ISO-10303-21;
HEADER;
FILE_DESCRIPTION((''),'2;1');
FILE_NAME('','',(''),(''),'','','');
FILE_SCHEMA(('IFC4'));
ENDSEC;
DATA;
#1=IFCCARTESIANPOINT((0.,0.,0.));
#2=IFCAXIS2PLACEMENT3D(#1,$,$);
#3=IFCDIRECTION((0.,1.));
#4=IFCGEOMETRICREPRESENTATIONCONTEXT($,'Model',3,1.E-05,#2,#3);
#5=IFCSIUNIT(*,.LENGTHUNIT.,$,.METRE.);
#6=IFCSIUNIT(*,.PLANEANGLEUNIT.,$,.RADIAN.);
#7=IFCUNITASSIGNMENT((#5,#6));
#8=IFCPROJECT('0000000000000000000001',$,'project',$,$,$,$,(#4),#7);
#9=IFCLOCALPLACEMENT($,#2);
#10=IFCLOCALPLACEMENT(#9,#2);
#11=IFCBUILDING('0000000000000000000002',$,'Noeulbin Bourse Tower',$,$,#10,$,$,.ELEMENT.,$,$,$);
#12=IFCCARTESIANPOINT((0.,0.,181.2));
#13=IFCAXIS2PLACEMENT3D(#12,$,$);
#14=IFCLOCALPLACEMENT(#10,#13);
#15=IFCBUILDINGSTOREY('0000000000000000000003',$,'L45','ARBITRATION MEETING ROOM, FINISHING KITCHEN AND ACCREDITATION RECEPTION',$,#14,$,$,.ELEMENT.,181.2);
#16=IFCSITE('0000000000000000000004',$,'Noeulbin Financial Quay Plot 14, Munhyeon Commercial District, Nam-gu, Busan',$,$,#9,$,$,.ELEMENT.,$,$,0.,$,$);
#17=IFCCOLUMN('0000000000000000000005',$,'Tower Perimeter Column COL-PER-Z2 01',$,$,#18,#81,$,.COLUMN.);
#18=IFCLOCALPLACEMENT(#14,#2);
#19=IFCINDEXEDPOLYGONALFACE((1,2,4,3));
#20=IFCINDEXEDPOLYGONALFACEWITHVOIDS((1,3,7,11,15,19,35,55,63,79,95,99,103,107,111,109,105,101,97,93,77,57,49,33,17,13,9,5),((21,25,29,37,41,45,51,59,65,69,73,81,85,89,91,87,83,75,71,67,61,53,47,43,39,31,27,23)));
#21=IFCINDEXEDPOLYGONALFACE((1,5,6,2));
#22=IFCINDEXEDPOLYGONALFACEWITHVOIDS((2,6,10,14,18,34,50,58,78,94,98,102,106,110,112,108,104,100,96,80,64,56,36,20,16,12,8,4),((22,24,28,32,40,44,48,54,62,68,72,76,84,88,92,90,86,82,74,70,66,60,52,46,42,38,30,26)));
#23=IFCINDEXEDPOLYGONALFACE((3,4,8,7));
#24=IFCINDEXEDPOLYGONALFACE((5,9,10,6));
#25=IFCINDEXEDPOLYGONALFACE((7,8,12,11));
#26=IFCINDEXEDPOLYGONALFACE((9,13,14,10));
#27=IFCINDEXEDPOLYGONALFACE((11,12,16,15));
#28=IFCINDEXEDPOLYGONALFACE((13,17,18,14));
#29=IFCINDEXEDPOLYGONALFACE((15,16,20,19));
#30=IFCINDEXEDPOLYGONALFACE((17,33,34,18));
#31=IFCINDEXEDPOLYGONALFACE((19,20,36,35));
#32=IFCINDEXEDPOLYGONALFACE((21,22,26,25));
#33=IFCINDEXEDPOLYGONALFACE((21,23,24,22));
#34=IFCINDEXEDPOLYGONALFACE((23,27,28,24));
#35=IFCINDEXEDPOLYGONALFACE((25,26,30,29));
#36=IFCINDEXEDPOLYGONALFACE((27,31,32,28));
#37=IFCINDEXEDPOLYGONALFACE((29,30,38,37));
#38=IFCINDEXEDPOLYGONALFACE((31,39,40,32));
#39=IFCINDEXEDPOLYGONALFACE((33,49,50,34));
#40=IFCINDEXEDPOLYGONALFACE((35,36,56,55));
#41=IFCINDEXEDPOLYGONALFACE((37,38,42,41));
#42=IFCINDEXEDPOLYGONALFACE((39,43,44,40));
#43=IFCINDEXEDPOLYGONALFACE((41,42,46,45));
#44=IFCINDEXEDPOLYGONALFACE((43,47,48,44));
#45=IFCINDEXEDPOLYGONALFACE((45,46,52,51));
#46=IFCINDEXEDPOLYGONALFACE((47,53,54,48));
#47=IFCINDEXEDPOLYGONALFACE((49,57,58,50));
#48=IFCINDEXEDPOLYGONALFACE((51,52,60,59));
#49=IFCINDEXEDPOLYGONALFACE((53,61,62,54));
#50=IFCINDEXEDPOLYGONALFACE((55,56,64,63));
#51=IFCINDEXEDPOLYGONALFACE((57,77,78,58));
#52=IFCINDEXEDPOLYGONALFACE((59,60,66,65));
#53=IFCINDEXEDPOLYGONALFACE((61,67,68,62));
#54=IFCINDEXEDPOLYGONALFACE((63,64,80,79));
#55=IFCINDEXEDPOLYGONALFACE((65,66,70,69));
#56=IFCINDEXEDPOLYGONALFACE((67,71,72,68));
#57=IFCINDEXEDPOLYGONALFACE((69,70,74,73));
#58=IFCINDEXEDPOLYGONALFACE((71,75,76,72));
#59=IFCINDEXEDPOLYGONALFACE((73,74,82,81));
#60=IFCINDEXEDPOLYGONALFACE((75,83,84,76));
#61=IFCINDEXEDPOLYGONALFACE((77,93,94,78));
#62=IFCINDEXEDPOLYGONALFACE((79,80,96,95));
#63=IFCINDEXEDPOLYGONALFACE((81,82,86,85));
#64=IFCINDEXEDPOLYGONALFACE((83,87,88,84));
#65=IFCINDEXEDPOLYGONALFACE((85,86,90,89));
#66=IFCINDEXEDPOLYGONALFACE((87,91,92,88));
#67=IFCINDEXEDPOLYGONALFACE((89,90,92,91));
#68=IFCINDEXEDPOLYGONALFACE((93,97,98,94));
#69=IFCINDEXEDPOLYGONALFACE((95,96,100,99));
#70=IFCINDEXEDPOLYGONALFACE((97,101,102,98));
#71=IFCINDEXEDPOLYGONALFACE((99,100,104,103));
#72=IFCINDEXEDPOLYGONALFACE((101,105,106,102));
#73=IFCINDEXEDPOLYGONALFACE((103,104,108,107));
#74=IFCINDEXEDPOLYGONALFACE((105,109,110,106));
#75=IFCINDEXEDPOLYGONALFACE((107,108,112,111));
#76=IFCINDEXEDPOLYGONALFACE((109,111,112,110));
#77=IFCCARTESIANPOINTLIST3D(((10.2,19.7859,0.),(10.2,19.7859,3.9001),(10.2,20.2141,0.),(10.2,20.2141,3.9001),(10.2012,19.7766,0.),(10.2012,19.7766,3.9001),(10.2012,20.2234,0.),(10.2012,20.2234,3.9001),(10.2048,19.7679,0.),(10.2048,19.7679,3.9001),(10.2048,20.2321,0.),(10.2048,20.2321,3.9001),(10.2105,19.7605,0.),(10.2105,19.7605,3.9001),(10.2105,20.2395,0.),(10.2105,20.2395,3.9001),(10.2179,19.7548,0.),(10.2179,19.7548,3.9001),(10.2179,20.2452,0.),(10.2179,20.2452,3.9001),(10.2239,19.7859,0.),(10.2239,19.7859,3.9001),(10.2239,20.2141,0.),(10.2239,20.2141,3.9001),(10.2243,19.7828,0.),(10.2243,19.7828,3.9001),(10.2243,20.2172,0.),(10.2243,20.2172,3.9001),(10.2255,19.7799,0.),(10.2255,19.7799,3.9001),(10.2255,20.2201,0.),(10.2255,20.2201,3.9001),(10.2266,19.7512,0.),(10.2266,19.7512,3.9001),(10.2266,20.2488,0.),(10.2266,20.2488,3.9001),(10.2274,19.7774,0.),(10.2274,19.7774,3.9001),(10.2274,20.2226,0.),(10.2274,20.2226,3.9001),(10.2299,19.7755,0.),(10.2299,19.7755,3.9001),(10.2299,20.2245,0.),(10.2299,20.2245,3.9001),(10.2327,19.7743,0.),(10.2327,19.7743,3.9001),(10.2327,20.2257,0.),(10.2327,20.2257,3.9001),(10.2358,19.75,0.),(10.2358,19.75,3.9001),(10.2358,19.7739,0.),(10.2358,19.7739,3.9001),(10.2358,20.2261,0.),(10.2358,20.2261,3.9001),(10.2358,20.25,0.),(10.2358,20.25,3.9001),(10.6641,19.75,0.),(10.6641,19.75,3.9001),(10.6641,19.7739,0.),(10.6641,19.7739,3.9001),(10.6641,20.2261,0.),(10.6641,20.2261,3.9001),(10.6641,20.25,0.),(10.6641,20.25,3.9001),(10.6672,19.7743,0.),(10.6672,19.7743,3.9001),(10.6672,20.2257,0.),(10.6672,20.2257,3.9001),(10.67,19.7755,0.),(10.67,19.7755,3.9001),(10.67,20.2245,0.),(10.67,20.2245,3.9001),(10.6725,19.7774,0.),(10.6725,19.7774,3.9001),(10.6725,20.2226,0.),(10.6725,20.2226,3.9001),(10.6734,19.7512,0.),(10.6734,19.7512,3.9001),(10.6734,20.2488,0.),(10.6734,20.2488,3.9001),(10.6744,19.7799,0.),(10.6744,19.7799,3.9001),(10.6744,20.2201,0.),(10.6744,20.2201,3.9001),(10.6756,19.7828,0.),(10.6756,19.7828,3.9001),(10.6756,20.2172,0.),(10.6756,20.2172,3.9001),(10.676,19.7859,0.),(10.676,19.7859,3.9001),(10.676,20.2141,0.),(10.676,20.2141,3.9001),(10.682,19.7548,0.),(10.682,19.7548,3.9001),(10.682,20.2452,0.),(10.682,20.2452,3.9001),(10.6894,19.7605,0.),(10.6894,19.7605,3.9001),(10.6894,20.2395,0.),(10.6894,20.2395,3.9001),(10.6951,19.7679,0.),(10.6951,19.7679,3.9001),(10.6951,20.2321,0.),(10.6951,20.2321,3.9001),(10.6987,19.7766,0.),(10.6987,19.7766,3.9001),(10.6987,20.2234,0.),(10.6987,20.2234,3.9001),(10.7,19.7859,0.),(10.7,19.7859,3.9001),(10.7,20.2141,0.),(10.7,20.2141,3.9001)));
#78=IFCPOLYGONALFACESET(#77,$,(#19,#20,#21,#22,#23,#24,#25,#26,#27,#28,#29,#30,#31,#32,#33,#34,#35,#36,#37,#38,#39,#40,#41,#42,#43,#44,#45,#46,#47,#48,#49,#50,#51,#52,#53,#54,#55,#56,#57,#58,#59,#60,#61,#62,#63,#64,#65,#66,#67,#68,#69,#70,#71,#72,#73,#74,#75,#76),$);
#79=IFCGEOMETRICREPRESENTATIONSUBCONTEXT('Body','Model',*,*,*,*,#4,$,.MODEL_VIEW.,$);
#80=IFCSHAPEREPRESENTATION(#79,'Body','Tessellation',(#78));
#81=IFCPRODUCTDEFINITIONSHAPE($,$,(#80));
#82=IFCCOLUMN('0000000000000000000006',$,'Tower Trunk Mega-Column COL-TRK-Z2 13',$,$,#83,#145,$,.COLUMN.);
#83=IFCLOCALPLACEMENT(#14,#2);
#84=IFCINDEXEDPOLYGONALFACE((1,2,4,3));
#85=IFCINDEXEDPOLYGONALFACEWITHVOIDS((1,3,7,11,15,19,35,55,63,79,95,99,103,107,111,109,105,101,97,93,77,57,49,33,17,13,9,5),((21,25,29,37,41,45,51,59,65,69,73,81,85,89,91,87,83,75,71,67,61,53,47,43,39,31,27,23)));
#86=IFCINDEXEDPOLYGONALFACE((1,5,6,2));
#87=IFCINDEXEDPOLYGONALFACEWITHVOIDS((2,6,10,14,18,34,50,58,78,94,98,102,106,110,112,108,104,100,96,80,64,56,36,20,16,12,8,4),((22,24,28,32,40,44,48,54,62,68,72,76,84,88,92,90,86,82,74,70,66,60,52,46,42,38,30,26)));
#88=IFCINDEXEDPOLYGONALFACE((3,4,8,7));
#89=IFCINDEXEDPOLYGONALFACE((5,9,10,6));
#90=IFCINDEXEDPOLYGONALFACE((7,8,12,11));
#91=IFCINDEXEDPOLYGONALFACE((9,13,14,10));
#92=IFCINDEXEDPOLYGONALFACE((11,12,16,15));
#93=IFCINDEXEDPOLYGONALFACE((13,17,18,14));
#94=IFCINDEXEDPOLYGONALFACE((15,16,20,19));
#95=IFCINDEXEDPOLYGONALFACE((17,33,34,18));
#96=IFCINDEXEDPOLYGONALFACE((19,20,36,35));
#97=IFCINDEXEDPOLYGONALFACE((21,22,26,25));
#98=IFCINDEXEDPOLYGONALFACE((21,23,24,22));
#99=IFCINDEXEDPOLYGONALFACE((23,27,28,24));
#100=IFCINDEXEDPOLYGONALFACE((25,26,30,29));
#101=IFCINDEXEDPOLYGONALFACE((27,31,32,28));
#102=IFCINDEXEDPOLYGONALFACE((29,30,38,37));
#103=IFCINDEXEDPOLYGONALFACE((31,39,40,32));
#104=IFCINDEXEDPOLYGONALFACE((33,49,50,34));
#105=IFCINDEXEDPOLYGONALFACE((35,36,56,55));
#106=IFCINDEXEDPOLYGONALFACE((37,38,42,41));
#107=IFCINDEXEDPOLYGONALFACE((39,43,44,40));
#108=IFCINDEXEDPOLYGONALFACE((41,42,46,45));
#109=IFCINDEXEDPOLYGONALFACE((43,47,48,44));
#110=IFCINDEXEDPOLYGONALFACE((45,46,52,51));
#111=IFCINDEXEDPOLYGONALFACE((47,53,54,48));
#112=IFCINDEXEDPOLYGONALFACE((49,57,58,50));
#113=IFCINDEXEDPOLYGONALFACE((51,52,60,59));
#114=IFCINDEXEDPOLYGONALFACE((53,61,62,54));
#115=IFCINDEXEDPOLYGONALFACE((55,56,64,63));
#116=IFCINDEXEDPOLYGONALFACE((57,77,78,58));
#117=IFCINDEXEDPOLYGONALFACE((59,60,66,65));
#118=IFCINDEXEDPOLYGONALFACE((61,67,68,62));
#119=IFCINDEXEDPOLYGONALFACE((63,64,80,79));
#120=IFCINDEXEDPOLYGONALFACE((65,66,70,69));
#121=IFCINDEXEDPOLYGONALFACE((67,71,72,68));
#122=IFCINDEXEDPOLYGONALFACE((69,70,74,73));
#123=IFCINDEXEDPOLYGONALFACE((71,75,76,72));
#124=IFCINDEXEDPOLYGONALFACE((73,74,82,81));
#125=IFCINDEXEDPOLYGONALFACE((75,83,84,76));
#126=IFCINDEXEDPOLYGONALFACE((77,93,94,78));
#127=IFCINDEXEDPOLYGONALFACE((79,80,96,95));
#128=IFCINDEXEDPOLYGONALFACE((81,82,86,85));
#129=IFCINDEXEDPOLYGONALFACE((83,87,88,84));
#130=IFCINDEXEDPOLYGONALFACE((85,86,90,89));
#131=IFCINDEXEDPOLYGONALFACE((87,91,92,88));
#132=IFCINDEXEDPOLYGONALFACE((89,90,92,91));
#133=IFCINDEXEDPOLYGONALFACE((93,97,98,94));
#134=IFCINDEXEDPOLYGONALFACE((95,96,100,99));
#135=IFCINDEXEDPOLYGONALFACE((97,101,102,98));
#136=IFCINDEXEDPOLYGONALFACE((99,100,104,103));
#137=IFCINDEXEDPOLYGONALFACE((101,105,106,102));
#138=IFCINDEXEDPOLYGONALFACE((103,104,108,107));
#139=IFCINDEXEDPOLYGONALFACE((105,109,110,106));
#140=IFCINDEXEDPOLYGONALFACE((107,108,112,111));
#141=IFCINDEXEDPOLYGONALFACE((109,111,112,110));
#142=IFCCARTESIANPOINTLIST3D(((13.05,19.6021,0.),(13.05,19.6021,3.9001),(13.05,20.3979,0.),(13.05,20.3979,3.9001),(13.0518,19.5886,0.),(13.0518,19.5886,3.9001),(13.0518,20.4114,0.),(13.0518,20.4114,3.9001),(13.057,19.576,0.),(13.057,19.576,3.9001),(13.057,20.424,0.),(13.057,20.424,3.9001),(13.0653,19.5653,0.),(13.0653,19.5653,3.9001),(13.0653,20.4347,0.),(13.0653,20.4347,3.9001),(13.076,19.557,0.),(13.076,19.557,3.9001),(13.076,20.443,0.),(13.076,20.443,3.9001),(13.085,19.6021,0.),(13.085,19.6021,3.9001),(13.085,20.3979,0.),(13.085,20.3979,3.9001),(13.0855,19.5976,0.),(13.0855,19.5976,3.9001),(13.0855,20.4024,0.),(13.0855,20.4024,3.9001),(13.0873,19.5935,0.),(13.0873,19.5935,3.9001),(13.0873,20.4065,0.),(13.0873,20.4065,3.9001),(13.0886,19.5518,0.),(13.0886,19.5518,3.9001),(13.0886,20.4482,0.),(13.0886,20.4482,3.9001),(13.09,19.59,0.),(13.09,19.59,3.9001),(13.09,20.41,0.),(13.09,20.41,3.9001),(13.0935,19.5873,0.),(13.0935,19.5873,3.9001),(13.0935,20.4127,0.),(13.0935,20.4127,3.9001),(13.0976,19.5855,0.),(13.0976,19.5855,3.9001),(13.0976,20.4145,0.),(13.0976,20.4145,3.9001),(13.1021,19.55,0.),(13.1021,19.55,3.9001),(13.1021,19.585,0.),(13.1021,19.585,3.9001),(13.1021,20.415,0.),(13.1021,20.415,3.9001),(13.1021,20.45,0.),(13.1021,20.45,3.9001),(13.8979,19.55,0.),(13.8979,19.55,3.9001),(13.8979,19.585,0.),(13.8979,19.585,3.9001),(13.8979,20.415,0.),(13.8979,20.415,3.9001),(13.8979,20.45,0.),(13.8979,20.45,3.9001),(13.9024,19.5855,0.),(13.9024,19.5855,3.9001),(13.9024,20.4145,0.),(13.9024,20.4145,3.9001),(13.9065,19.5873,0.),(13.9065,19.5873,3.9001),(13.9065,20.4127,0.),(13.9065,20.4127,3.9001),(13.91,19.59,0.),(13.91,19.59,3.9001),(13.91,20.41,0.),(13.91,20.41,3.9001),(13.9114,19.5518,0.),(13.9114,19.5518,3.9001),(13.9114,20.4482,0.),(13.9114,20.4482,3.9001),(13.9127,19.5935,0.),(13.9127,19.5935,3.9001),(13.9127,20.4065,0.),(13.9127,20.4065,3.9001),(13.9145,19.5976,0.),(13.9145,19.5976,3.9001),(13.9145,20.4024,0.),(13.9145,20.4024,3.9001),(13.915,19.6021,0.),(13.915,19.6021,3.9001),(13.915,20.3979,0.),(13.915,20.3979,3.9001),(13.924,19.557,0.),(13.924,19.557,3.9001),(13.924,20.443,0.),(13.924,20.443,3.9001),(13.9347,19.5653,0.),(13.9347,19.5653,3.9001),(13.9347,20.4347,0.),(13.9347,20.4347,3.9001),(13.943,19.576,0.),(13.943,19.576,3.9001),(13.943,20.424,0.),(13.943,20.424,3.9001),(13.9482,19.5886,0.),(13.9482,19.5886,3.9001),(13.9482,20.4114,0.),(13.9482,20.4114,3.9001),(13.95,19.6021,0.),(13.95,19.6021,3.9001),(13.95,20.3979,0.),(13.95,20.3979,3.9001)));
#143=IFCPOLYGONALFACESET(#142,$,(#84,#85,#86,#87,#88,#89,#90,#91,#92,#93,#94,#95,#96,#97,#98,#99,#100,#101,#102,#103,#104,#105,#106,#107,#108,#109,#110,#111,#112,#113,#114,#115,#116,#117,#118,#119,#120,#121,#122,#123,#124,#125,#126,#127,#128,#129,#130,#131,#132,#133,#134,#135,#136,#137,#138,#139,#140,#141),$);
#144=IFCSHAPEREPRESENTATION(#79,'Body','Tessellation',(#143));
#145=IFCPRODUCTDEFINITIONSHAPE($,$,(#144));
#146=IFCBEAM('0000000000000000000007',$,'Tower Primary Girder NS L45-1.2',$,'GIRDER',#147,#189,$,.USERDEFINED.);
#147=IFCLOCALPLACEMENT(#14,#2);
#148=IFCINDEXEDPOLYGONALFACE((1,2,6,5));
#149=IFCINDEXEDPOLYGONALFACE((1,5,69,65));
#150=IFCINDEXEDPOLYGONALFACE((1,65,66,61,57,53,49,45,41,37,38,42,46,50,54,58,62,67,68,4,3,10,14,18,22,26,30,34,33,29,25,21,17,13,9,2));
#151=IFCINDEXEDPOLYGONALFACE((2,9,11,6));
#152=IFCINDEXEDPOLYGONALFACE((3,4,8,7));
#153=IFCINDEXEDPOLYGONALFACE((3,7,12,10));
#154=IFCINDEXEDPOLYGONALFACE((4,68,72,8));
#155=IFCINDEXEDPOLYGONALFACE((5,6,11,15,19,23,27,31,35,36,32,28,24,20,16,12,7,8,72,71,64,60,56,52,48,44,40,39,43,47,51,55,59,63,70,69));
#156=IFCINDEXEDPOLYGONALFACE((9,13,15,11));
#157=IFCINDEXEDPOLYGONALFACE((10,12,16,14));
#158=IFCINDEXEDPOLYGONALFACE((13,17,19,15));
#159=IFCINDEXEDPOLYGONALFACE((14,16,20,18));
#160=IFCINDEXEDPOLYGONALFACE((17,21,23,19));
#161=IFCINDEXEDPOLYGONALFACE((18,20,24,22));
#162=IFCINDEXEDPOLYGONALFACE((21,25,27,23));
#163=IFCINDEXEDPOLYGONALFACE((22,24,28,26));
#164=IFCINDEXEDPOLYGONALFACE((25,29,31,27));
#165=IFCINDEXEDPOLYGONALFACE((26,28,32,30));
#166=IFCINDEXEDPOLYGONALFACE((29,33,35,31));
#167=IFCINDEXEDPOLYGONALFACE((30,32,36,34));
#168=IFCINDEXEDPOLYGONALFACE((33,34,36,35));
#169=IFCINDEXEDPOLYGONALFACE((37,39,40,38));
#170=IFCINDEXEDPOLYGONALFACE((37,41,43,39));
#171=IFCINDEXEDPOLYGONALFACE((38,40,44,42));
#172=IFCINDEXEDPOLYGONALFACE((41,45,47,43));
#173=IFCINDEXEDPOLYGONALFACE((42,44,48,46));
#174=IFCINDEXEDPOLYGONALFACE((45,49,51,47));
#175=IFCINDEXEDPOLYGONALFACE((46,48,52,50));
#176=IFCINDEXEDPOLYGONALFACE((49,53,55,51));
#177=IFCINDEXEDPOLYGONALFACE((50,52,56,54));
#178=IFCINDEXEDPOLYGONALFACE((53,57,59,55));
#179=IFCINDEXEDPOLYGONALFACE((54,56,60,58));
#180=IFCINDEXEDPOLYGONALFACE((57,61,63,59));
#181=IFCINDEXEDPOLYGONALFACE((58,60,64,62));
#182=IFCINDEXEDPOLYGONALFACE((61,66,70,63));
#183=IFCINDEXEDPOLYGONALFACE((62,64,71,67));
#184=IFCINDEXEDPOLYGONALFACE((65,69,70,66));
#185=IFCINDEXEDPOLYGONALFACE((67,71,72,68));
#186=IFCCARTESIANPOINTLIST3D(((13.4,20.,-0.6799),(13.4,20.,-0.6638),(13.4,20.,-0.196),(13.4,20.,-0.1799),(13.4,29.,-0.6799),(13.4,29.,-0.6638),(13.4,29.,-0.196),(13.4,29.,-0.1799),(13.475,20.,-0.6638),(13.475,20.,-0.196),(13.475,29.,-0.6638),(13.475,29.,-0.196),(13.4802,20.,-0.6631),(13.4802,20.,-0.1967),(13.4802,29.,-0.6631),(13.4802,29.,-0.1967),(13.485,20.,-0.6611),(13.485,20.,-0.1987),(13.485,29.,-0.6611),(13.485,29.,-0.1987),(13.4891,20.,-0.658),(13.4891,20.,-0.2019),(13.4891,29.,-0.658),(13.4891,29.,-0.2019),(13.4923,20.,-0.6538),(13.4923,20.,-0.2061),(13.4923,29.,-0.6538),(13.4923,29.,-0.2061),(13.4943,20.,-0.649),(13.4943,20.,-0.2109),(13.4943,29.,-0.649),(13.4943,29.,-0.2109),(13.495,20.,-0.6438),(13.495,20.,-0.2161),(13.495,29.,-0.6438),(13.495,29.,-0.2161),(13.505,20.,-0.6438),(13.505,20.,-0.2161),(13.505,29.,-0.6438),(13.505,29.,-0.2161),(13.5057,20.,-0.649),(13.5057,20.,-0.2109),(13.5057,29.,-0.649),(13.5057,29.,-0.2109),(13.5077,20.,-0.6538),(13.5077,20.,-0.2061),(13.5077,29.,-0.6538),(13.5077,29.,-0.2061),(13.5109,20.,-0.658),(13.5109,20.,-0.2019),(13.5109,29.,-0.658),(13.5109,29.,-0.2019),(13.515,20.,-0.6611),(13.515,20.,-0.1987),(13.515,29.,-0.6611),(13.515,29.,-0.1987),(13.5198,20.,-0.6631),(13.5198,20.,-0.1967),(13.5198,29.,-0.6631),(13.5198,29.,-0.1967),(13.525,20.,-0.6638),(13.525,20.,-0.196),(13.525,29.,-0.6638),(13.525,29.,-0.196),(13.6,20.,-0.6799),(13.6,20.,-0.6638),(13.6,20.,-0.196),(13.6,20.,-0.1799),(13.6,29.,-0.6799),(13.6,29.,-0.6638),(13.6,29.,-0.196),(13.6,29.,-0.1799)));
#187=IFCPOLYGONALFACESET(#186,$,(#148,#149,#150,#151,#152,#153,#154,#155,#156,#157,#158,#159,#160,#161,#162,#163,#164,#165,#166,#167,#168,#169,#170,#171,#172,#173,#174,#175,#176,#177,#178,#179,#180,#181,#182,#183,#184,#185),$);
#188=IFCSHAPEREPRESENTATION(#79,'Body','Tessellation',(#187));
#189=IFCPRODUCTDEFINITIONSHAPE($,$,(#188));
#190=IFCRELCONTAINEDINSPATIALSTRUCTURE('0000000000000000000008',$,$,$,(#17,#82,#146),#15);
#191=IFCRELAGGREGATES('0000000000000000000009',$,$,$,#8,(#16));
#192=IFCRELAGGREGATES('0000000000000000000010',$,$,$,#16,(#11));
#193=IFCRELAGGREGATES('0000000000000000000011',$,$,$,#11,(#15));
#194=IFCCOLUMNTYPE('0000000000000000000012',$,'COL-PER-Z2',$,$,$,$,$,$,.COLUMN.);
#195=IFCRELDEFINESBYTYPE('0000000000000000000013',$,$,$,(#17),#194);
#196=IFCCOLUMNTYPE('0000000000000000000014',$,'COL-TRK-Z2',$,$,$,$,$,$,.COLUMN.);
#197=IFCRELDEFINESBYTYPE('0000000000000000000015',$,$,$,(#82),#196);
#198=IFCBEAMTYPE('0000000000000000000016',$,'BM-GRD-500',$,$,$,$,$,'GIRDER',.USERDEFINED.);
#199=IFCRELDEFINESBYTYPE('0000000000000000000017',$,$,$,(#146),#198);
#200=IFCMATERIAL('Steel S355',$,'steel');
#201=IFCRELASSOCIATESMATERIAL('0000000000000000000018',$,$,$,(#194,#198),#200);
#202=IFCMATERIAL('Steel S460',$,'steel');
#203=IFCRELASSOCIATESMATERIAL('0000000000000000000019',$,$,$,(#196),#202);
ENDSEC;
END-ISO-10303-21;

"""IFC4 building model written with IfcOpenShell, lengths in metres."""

from ifc_helpers import new_model, si_unit, direction, frame, origin, origin_2d, place, context, subcontext, project, spatial, hollow_rectangle, i_section, extrude, material, material_profile, profile_set, type_object, element, save


model = new_model("IFC4")

# Units and contexts
model_context = context("Model", 3, precision=1e-05, world=origin(), true_north=direction((0.0, 1.0)))
body_context = subcontext(model_context, "Body", "Model", "MODEL_VIEW")
ifc_project = project(units=[si_unit("LENGTHUNIT", "METRE"), si_unit("PLANEANGLEUNIT", "RADIAN")], contexts=[model_context])

# Site, building, storey
site_placement = place(None, origin())
site = spatial("IfcSite", under=ifc_project, at=site_placement, Name="Noeulbin Financial Quay Plot 14, Munhyeon Commercial District, Nam-gu, Busan", CompositionType="ELEMENT", RefElevation=0.0)
building_placement = place(site_placement, origin())
building = spatial("IfcBuilding", under=site, at=building_placement, Name="Noeulbin Bourse Tower", CompositionType="ELEMENT")
storey_placement = place(building_placement, frame((0.0, 0.0, 181.2)))
storey = spatial("IfcBuildingStorey", under=building, at=storey_placement, Name="L45", Description="ARBITRATION MEETING ROOM, FINISHING KITCHEN AND ACCREDITATION RECEPTION", CompositionType="ELEMENT", Elevation=181.2)

# Columns
ifc_material_1 = material(Name="Steel S355", Category="steel")
ifc_material_profile_1 = material_profile(ifc_material_1, hollow_rectangle(XDim=0.5, YDim=0.5, WallThickness=0.0239, InnerFilletRadius=0.012, OuterFilletRadius=0.0359, at=origin_2d()), Name="BOX-500x500x24", Category="LoadBearing")
ifc_profile_set_1 = profile_set([ifc_material_profile_1], Name="Steel S355")
column_type_1 = type_object("IfcColumnType", Name="COL-PER-Z2", PredefinedType="COLUMN", material=ifc_profile_set_1)
column_1_placement = place(storey_placement, frame((10.45, 20.0, 0.0), z_axis=(0.0, 0.0, 1.0), x_axis=(1.0, 0.0, 0.0)))
element("IfcColumn", 1, at=column_1_placement, inside=storey, type_object=column_type_1, Name="Tower Perimeter Column COL-PER-Z2 01", PredefinedType="COLUMN", context=body_context, shape_type="SweptSolid", body=[
    extrude(hollow_rectangle(XDim=0.5, YDim=0.5, WallThickness=0.0239, InnerFilletRadius=0.012, OuterFilletRadius=0.0359, at=origin_2d()), origin(), (0.0, 0.0, 1.0), 3.9001),
])
ifc_material_2 = material(Name="Steel S460", Category="steel")
ifc_material_profile_2 = material_profile(ifc_material_2, hollow_rectangle(XDim=0.8999, YDim=0.8999, WallThickness=0.0349, InnerFilletRadius=0.0171, OuterFilletRadius=0.052, at=origin_2d()), Name="BOX-900x900x35", Category="LoadBearing")
ifc_profile_set_2 = profile_set([ifc_material_profile_2], Name="Steel S460")
column_type_2 = type_object("IfcColumnType", Name="COL-TRK-Z2", PredefinedType="COLUMN", material=ifc_profile_set_2)
column_2_placement = place(storey_placement, frame((13.5, 20.0, 0.0), z_axis=(0.0, 0.0, 1.0), x_axis=(1.0, 0.0, 0.0)))
element("IfcColumn", 2, at=column_2_placement, inside=storey, type_object=column_type_2, Name="Tower Trunk Mega-Column COL-TRK-Z2 13", PredefinedType="COLUMN", context=body_context, shape_type="SweptSolid", body=[
    extrude(hollow_rectangle(XDim=0.8999, YDim=0.8999, WallThickness=0.0349, InnerFilletRadius=0.0171, OuterFilletRadius=0.052, at=origin_2d()), origin(), (0.0, 0.0, 1.0), 3.9001),
])

# Beam
ifc_material_profile_3 = material_profile(ifc_material_1, i_section(OverallWidth=0.2, OverallDepth=0.5, WebThickness=0.01, FlangeThickness=0.0161, FilletRadius=0.02, at=origin_2d()), Name="H-500x200x10x16", Category="LoadBearing")
ifc_profile_set_3 = profile_set([ifc_material_profile_3], Name="Steel S355")
beam_type_1 = type_object("IfcBeamType", Name="BM-GRD-500", ElementType="GIRDER", PredefinedType="USERDEFINED", material=ifc_profile_set_3)
beam_1_placement = place(storey_placement, frame((13.5, 20.0, -0.4299), z_axis=(0.0, 1.0, 0.0), x_axis=(-1.0, 0.0, 0.0)))
element("IfcBeam", 3, at=beam_1_placement, inside=storey, type_object=beam_type_1, Name="Tower Primary Girder NS L45-1.2", ObjectType="GIRDER", PredefinedType="USERDEFINED", context=body_context, shape_type="SweptSolid", body=[
    extrude(i_section(OverallWidth=0.2, OverallDepth=0.5, WebThickness=0.01, FlangeThickness=0.0161, FilletRadius=0.02, at=origin_2d()), origin(), (0.0, 0.0, 1.0), 9.0),
])

save(model, "model.ifc")
